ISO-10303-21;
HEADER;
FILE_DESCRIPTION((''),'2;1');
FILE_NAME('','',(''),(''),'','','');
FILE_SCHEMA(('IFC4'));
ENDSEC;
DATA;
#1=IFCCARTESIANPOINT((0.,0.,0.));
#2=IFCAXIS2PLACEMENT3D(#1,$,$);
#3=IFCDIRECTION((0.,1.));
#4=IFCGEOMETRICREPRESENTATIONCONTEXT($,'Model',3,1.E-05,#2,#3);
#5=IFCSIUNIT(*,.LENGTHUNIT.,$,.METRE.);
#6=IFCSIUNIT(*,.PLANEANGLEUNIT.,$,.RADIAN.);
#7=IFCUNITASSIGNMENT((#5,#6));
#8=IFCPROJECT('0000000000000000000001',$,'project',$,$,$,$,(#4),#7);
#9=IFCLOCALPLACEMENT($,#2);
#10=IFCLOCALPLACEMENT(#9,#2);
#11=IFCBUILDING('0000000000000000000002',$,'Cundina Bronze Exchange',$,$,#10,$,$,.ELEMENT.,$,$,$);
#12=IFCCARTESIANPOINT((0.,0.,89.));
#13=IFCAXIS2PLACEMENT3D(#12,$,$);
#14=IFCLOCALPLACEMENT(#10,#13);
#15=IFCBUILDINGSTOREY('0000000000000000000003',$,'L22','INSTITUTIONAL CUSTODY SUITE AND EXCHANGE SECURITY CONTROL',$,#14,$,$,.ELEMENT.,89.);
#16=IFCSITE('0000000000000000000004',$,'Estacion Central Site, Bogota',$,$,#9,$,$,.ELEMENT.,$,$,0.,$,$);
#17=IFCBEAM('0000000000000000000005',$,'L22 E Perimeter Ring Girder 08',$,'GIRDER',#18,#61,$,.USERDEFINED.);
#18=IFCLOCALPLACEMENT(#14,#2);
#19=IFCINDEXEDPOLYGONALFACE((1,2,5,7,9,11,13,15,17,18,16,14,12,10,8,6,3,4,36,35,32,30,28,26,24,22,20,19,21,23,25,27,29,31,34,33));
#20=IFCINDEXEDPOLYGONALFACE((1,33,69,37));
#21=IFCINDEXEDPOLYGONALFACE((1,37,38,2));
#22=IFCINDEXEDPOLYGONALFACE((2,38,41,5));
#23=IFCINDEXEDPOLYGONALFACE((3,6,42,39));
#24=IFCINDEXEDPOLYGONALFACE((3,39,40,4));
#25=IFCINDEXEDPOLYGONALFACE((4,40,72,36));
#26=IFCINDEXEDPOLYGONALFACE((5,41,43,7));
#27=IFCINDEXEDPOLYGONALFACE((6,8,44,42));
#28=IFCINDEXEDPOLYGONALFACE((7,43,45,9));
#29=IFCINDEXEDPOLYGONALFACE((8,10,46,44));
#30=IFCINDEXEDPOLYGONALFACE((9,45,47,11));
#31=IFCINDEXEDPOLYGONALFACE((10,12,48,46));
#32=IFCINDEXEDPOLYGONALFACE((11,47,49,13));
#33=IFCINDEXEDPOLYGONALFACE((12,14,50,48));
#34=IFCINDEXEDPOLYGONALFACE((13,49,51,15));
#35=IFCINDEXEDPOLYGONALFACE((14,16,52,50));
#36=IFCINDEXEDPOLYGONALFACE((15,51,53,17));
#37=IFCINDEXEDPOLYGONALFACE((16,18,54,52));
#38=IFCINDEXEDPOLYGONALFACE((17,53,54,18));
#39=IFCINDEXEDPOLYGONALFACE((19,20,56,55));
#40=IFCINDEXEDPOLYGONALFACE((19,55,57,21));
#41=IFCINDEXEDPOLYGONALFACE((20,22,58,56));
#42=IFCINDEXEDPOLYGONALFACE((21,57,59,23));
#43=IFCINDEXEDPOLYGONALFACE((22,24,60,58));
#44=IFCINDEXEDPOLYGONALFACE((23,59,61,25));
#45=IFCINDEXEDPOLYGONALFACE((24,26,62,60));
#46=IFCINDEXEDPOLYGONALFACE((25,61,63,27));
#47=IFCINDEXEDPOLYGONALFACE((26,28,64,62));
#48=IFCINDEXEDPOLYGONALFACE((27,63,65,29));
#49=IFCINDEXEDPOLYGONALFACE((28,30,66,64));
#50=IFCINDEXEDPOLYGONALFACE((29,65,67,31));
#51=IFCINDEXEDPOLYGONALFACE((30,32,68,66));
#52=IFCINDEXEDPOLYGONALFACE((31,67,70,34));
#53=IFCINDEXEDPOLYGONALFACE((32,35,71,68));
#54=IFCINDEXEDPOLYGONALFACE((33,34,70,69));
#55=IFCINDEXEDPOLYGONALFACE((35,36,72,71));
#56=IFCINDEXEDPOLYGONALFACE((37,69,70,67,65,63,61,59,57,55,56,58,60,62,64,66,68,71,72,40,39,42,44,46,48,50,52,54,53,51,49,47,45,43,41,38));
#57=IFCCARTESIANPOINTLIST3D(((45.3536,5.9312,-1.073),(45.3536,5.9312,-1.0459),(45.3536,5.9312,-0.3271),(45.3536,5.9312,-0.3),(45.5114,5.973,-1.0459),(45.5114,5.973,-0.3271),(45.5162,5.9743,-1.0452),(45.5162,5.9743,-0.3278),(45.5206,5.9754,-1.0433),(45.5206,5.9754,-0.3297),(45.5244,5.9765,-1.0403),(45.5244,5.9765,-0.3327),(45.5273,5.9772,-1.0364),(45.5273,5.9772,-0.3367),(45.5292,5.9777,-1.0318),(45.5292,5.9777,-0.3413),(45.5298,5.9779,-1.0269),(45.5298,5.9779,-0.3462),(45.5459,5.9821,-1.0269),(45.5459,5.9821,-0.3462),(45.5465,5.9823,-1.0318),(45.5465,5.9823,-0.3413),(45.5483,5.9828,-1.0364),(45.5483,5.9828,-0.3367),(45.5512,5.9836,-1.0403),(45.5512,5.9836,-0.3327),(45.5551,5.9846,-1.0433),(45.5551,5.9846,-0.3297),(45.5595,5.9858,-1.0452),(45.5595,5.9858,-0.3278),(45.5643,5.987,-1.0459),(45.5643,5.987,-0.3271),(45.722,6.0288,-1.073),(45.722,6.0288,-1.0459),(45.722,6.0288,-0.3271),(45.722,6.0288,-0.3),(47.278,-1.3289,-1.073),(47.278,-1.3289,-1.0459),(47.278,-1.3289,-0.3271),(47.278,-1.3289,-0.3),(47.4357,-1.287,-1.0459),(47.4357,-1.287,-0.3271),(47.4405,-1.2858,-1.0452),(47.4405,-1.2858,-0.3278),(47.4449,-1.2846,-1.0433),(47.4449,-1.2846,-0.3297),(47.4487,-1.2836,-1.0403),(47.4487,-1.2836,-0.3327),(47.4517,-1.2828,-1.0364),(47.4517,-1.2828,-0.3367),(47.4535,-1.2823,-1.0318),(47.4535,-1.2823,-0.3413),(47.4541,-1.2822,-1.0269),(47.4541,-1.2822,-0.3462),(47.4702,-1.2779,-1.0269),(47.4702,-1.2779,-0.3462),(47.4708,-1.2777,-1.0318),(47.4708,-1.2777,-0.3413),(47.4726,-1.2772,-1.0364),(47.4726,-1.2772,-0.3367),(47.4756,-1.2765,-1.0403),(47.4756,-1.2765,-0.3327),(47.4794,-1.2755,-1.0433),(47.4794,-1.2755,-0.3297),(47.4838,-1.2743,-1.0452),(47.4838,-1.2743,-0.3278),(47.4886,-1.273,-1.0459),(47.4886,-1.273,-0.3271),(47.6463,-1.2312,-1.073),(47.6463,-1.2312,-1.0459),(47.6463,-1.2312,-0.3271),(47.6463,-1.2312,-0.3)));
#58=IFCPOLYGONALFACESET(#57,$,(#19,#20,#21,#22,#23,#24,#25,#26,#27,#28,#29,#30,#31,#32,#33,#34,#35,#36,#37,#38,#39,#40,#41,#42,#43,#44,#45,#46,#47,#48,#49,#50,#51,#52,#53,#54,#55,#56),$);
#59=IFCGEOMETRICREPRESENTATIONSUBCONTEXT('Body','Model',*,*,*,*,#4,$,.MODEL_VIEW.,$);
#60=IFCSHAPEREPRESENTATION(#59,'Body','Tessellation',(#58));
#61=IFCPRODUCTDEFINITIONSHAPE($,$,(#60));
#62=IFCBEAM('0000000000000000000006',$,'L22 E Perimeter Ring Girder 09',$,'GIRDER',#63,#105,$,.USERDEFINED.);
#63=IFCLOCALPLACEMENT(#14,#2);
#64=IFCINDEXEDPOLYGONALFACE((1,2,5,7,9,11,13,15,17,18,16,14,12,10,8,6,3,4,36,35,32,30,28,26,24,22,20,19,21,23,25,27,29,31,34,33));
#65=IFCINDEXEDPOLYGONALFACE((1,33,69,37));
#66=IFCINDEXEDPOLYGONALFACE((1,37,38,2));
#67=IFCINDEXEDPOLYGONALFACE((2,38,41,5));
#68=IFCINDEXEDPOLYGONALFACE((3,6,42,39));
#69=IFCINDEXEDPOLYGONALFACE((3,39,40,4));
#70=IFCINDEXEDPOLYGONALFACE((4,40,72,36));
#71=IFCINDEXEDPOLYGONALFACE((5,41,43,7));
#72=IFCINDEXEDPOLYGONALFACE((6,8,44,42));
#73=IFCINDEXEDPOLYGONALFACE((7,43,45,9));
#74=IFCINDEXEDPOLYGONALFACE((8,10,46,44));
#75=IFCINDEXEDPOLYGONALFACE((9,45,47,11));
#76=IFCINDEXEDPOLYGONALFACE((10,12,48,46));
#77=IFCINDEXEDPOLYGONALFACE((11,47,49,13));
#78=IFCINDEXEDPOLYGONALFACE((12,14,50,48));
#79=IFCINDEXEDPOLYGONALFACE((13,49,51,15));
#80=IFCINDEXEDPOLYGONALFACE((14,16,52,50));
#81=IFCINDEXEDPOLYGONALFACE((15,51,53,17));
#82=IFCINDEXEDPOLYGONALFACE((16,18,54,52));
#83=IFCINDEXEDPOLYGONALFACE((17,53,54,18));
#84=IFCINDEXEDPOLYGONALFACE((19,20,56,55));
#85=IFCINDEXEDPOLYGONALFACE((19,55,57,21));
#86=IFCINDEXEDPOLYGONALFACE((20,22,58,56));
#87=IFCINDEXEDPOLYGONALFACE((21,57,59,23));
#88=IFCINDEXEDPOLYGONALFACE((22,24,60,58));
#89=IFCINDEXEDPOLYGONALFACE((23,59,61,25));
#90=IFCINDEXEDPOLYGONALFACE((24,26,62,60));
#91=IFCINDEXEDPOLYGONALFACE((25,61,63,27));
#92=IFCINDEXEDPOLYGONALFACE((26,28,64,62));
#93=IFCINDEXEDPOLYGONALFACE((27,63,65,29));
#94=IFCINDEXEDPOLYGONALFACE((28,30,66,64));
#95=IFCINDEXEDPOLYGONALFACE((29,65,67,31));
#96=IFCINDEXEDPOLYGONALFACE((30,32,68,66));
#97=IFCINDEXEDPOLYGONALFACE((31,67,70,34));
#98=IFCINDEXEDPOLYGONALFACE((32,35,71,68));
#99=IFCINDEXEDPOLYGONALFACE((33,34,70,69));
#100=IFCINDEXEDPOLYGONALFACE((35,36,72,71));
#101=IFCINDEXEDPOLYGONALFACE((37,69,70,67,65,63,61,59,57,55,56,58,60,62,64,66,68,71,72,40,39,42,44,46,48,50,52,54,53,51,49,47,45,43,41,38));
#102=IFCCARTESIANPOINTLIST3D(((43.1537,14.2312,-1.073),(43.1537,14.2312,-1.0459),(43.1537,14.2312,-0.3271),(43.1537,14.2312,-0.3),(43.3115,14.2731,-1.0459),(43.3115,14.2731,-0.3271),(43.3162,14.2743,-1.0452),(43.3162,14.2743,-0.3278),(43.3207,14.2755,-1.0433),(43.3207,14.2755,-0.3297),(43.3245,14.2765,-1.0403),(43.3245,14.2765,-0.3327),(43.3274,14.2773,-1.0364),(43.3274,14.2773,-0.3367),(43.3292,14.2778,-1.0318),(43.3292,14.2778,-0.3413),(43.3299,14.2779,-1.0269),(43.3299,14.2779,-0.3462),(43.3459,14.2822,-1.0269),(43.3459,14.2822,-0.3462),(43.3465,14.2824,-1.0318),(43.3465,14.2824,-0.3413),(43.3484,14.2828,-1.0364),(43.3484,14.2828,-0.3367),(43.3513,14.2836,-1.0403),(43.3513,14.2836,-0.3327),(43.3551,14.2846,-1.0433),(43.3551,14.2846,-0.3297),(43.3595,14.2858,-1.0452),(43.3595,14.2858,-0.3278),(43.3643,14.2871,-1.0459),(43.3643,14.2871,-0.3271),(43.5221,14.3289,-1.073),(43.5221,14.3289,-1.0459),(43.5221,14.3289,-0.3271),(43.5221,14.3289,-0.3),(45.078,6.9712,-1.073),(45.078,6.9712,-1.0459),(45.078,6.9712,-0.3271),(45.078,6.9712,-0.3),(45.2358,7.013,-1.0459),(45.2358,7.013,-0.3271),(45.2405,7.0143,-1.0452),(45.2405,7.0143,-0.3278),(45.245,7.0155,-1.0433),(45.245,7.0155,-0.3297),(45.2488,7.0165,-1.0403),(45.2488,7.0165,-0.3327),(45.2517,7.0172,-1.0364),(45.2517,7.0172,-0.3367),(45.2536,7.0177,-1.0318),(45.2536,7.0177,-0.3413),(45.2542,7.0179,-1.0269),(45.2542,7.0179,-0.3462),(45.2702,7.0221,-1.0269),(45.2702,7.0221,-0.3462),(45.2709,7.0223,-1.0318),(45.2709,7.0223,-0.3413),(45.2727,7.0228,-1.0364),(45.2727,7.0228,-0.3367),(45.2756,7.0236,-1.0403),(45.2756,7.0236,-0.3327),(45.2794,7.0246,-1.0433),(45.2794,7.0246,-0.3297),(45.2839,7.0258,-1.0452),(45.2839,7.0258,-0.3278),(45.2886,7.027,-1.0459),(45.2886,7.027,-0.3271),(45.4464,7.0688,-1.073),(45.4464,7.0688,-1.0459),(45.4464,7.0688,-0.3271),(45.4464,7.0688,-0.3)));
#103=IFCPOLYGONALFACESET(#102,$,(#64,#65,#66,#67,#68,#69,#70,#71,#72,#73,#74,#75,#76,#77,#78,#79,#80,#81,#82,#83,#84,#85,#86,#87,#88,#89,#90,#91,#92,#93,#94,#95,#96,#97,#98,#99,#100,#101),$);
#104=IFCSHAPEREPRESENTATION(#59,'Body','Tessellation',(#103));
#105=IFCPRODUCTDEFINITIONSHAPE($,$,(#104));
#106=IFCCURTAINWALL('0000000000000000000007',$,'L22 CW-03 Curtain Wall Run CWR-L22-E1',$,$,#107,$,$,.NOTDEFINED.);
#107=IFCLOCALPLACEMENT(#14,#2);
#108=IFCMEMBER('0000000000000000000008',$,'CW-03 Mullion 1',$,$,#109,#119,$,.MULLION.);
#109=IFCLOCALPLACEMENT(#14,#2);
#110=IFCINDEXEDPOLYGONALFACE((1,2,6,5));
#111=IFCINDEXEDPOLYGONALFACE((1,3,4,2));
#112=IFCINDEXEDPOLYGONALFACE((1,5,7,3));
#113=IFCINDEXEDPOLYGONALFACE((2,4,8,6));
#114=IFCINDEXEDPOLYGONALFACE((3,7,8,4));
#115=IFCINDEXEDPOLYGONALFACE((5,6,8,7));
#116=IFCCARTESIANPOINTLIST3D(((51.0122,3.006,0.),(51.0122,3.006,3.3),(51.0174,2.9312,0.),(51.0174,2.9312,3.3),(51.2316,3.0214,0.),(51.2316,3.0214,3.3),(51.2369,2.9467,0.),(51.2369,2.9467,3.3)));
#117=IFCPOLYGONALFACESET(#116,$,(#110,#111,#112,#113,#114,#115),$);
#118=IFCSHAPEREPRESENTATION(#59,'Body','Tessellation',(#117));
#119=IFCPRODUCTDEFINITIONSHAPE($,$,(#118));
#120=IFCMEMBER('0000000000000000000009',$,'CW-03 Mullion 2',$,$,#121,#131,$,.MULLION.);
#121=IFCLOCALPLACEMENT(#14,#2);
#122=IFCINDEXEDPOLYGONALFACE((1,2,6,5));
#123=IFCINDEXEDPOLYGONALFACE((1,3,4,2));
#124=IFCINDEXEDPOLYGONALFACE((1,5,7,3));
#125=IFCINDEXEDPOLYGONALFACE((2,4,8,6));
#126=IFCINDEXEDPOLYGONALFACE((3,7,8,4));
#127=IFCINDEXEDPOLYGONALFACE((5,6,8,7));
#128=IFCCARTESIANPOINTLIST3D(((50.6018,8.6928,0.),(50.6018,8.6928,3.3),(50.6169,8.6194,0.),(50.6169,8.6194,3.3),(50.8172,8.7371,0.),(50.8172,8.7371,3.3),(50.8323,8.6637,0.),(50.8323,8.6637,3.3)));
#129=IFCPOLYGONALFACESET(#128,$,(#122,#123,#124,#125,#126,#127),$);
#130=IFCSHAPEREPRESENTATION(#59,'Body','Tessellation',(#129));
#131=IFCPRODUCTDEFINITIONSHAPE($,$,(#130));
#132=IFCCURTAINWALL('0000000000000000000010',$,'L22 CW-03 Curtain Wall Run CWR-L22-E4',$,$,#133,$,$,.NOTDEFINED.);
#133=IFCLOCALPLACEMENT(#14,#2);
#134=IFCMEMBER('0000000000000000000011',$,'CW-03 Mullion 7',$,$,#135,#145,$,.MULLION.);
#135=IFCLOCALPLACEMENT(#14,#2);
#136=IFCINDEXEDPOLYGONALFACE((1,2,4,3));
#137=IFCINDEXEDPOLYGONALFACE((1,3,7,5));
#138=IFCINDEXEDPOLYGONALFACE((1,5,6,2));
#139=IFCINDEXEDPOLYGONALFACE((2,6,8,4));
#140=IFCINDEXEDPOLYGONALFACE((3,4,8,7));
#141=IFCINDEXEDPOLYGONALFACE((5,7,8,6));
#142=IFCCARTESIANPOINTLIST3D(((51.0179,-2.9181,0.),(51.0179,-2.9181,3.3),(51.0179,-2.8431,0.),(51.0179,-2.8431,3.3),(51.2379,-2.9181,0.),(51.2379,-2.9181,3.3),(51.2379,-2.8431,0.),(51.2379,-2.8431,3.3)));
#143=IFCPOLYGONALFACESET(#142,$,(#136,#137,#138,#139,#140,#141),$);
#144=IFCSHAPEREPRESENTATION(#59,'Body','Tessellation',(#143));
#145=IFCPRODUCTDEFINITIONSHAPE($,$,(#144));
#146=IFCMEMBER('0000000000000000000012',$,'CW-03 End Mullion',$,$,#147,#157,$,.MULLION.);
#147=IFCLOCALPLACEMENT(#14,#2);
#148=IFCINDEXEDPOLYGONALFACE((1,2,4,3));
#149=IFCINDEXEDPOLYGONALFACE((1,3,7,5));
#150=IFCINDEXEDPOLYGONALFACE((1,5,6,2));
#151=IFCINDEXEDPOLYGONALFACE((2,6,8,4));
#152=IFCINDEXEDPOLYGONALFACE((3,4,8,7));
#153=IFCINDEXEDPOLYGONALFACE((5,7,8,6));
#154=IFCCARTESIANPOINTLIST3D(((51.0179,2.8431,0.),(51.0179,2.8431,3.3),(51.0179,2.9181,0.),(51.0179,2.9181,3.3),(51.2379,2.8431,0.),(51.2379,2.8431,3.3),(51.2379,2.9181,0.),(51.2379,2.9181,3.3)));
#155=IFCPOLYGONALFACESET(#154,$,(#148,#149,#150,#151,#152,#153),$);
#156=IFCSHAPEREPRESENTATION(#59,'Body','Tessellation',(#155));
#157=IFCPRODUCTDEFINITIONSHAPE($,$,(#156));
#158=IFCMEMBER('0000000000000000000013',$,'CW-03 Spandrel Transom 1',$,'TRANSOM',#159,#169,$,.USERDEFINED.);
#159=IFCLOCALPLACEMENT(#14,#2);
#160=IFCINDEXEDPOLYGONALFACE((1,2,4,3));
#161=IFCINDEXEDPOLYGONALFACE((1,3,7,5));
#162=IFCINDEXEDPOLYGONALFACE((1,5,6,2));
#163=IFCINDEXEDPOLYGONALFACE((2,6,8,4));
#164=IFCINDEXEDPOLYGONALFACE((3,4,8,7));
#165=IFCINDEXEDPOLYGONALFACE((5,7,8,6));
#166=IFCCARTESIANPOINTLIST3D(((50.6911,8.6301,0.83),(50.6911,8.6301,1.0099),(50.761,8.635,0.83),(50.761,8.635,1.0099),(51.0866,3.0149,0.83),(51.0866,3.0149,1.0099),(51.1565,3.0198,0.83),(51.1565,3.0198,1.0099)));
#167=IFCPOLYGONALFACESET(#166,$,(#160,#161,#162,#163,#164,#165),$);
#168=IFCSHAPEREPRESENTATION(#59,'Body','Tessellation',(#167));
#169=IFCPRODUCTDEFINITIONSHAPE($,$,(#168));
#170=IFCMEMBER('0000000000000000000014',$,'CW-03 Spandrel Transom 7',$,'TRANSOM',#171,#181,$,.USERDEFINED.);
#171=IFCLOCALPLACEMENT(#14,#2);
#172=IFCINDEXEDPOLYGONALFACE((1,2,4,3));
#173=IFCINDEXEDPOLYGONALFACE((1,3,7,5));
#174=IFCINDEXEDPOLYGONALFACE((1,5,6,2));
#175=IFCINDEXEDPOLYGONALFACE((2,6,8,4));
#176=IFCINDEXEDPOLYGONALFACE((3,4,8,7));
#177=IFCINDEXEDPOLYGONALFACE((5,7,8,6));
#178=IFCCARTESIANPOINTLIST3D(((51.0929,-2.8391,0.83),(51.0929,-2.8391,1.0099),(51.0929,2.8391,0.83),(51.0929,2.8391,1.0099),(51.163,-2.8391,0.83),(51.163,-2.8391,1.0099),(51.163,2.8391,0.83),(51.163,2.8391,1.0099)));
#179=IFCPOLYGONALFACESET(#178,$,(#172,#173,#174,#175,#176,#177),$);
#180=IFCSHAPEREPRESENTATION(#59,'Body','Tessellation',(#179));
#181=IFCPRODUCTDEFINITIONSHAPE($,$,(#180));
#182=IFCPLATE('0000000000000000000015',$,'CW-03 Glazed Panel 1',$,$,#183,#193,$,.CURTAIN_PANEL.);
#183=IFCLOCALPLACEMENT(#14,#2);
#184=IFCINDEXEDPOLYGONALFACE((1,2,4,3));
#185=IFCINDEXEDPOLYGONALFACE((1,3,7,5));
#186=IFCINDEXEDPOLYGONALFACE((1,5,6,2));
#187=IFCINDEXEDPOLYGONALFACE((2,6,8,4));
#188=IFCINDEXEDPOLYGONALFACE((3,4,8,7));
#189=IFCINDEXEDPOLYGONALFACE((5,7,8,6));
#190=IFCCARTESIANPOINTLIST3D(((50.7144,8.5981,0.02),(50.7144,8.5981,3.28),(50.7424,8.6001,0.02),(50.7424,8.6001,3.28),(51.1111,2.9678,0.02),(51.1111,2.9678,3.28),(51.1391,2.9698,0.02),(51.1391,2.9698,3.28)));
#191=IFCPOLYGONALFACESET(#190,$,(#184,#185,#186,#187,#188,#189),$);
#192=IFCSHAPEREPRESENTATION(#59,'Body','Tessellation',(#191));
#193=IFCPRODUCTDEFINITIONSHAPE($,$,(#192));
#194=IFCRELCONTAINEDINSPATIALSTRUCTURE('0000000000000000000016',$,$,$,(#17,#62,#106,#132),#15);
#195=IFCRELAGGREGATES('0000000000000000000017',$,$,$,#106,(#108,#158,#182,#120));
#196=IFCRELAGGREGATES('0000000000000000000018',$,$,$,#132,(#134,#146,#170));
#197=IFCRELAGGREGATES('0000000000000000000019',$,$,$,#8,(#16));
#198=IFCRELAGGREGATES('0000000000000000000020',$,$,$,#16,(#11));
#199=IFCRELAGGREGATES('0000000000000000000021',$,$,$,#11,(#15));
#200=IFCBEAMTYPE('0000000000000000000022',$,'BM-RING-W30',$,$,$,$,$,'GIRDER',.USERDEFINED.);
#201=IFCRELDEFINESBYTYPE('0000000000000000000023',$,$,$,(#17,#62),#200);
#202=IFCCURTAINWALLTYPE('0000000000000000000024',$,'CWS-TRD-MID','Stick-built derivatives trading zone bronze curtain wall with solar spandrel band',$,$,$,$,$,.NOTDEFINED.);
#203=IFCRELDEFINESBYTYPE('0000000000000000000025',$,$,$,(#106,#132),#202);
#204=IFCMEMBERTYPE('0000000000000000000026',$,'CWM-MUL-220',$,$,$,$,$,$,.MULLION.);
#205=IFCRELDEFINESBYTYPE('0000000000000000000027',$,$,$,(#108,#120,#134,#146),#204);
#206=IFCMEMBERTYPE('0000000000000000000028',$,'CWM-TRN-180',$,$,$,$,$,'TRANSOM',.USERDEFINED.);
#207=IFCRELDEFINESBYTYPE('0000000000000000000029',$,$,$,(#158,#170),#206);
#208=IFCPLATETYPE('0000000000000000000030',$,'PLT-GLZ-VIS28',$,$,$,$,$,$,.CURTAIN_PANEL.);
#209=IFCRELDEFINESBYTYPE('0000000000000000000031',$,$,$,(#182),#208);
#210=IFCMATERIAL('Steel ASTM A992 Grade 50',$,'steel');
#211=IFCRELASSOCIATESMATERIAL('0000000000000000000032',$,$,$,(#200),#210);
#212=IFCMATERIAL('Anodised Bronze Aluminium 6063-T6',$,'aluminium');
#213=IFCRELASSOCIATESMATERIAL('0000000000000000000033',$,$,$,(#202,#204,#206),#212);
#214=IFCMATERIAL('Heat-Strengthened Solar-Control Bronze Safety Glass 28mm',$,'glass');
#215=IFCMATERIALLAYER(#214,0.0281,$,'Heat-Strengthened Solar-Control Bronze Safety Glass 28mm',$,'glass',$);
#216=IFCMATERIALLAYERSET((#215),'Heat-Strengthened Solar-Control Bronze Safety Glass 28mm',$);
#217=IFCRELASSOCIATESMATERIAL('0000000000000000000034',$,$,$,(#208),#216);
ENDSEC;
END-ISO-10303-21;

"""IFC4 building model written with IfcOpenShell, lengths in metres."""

from ifc_helpers import new_model, si_unit, direction, frame, origin, origin_2d, place, context, subcontext, project, spatial, rectangle, i_section, extrude, material, layer, layer_set, material_profile, profile_set, type_object, element, aggregate, save


model = new_model("IFC4")

# Units and contexts
model_context = context("Model", 3, precision=1e-05, world=origin(), true_north=direction((0.0, 1.0)))
body_context = subcontext(model_context, "Body", "Model", "MODEL_VIEW")
ifc_project = project(units=[si_unit("LENGTHUNIT", "METRE"), si_unit("PLANEANGLEUNIT", "RADIAN")], contexts=[model_context])

# Site, building, storey
site_placement = place(None, origin())
site = spatial("IfcSite", under=ifc_project, at=site_placement, Name="Estacion Central Site, Bogota", CompositionType="ELEMENT", RefElevation=0.0)
building_placement = place(site_placement, origin())
building = spatial("IfcBuilding", under=site, at=building_placement, Name="Cundina Bronze Exchange", CompositionType="ELEMENT")
storey_placement = place(building_placement, frame((0.0, 0.0, 89.0)))
storey = spatial("IfcBuildingStorey", under=building, at=storey_placement, Name="L22", Description="INSTITUTIONAL CUSTODY SUITE AND EXCHANGE SECURITY CONTROL", CompositionType="ELEMENT", Elevation=89.0)

# Beams
ifc_material_1 = material(Name="Steel ASTM A992 Grade 50", Category="steel")
ifc_material_profile_1 = material_profile(ifc_material_1, i_section(OverallWidth=0.3811, OverallDepth=0.7729, WebThickness=0.0166, FlangeThickness=0.0271, FilletRadius=0.019, at=origin_2d()), Name="W30X173", Category="steel")
ifc_profile_set_1 = profile_set([ifc_material_profile_1], Name="Steel ASTM A992 Grade 50")
beam_type_1 = type_object("IfcBeamType", Name="BM-RING-W30", ElementType="GIRDER", PredefinedType="USERDEFINED", material=ifc_profile_set_1)
for number, where, z_axis, x_axis, name in (
    (1, (47.4622, -1.28, -0.6865), (-0.25621, 0.966621, 0.0), (-0.966621, -0.25621, 0.0), "L22 E Perimeter Ring Girder 08"),
    (2, (45.2622, 7.02, -0.6865), (-0.25621, 0.966621, 0.0), (-0.966621, -0.25621, 0.0), "L22 E Perimeter Ring Girder 09"),
):
    element("IfcBeam", number, at=place(storey_placement, frame(where, z_axis=z_axis, x_axis=x_axis)), inside=storey, type_object=beam_type_1, Name=name, ObjectType="GIRDER", PredefinedType="USERDEFINED", context=body_context, shape_type="SweptSolid", body=[
        extrude(i_section(OverallWidth=0.3811, OverallDepth=0.7729, WebThickness=0.0166, FlangeThickness=0.0271, FilletRadius=0.019, at=origin_2d()), origin(), (0.0, 0.0, 1.0), 7.5107),
    ])

# Curtain walls, members
ifc_material_2 = material(Name="Anodised Bronze Aluminium 6063-T6", Category="aluminium")
curtain_wall_type = type_object("IfcCurtainWallType", Name="CWS-TRD-MID", Description="Stick-built derivatives trading zone bronze curtain wall with solar spandrel band", PredefinedType="NOTDEFINED", material=ifc_material_2)
curtain_wall_1_placement = place(storey_placement, origin())
curtain_wall_1 = element("IfcCurtainWall", 3, at=curtain_wall_1_placement, inside=storey, type_object=curtain_wall_type, Name="L22 CW-03 Curtain Wall Run CWR-L22-E1", PredefinedType="NOTDEFINED")
ifc_material_profile_2 = material_profile(ifc_material_2, rectangle(XDim=0.075, YDim=0.22, at=origin_2d()), Name="AL75X220", Category="aluminium")
ifc_profile_set_2 = profile_set([ifc_material_profile_2], Name="Anodised Bronze Aluminium 6063-T6")
member_type_1 = type_object("IfcMemberType", Name="CWM-MUL-220", PredefinedType="MULLION", material=ifc_profile_set_2)
member_1_placement = place(storey_placement, frame((51.1245, 2.9763, 0.0), z_axis=(0.0, 0.0, 1.0), x_axis=(-0.070279, 0.997527, 0.0)))
member_1 = element("IfcMember", 4, at=member_1_placement, type_object=member_type_1, Name="CW-03 Mullion 1", PredefinedType="MULLION", context=body_context, shape_type="SweptSolid", body=[
    extrude(rectangle(XDim=0.075, YDim=0.22, at=origin_2d()), origin(), (0.0, 0.0, 1.0), 3.3),
])
member_2_placement = place(storey_placement, frame((50.717, 8.6782, 0.0), z_axis=(0.0, 0.0, 1.0), x_axis=(-0.20142, 0.979505, 0.0)))
member_2 = element("IfcMember", 5, at=member_2_placement, type_object=member_type_1, Name="CW-03 Mullion 2", PredefinedType="MULLION", context=body_context, shape_type="SweptSolid", body=[
    extrude(rectangle(XDim=0.075, YDim=0.22, at=origin_2d()), origin(), (0.0, 0.0, 1.0), 3.3),
])
curtain_wall_2_placement = place(storey_placement, origin())
curtain_wall_2 = element("IfcCurtainWall", 6, at=curtain_wall_2_placement, inside=storey, type_object=curtain_wall_type, Name="L22 CW-03 Curtain Wall Run CWR-L22-E4", PredefinedType="NOTDEFINED")
member_3_placement = place(storey_placement, frame((51.1279, -2.8806, 0.0), z_axis=(0.0, 0.0, 1.0), x_axis=(0.0, 1.0, 0.0)))
member_3 = element("IfcMember", 7, at=member_3_placement, type_object=member_type_1, Name="CW-03 Mullion 7", PredefinedType="MULLION", context=body_context, shape_type="SweptSolid", body=[
    extrude(rectangle(XDim=0.075, YDim=0.22, at=origin_2d()), origin(), (0.0, 0.0, 1.0), 3.3),
])
member_4_placement = place(storey_placement, frame((51.1279, 2.8806, 0.0), z_axis=(0.0, 0.0, 1.0), x_axis=(0.0, 1.0, 0.0)))
member_4 = element("IfcMember", 8, at=member_4_placement, type_object=member_type_1, Name="CW-03 End Mullion", PredefinedType="MULLION", context=body_context, shape_type="SweptSolid", body=[
    extrude(rectangle(XDim=0.075, YDim=0.22, at=origin_2d()), origin(), (0.0, 0.0, 1.0), 3.3),
])

# Members
ifc_material_profile_3 = material_profile(ifc_material_2, rectangle(XDim=0.0701, YDim=0.1799, at=origin_2d()), Name="AL70X180", Category="aluminium")
ifc_profile_set_3 = profile_set([ifc_material_profile_3], Name="Anodised Bronze Aluminium 6063-T6")
member_type_2 = type_object("IfcMemberType", Name="CWM-TRN-180", ElementType="TRANSOM", PredefinedType="USERDEFINED", material=ifc_profile_set_3)
member_5_placement = place(storey_placement, frame((51.1216, 3.0173, 0.9199), z_axis=(-0.070261, 0.997529, 0.0), x_axis=(-0.997529, -0.070261, 0.0)))
member_5 = element("IfcMember", 9, at=member_5_placement, type_object=member_type_2, Name="CW-03 Spandrel Transom 1", ObjectType="TRANSOM", PredefinedType="USERDEFINED", context=body_context, shape_type="SweptSolid", body=[
    extrude(rectangle(XDim=0.0701, YDim=0.1799, at=origin_2d()), origin(), (0.0, 0.0, 1.0), 5.6292),
])
member_6_placement = place(storey_placement, frame((51.1279, -2.8391, 0.9199), z_axis=(0.0, 1.0, 0.0), x_axis=(-1.0, 0.0, 0.0)))
member_6 = element("IfcMember", 10, at=member_6_placement, type_object=member_type_2, Name="CW-03 Spandrel Transom 7", ObjectType="TRANSOM", PredefinedType="USERDEFINED", context=body_context, shape_type="SweptSolid", body=[
    extrude(rectangle(XDim=0.0701, YDim=0.1799, at=origin_2d()), origin(), (0.0, 0.0, 1.0), 5.6782),
])

# Plate
ifc_material_3 = material(Name="Heat-Strengthened Solar-Control Bronze Safety Glass 28mm", Category="glass")
ifc_layer_1 = layer(ifc_material_3, 0.0281, Name="Heat-Strengthened Solar-Control Bronze Safety Glass 28mm", Category="glass")
ifc_layer_set_1 = layer_set([ifc_layer_1], Name="Heat-Strengthened Solar-Control Bronze Safety Glass 28mm")
plate_type = type_object("IfcPlateType", Name="PLT-GLZ-VIS28", PredefinedType="CURTAIN_PANEL", material=ifc_layer_set_1)
plate_1_placement = place(storey_placement, frame((50.9268, 5.7839, 0.02), z_axis=(0.0, 0.0, 1.0), x_axis=(-0.070279, 0.997527, 0.0)))
plate_1 = element("IfcPlate", 11, at=plate_1_placement, type_object=plate_type, Name="CW-03 Glazed Panel 1", PredefinedType="CURTAIN_PANEL", context=body_context, shape_type="SweptSolid", body=[
    extrude(rectangle(XDim=5.6443, YDim=0.0281, at=origin_2d()), origin(), (0.0, 0.0, 1.0), 3.26),
])
aggregate(curtain_wall_1, [member_1, member_5, plate_1, member_2])
aggregate(curtain_wall_2, [member_3, member_4, member_6])

save(model, "model.ifc")
